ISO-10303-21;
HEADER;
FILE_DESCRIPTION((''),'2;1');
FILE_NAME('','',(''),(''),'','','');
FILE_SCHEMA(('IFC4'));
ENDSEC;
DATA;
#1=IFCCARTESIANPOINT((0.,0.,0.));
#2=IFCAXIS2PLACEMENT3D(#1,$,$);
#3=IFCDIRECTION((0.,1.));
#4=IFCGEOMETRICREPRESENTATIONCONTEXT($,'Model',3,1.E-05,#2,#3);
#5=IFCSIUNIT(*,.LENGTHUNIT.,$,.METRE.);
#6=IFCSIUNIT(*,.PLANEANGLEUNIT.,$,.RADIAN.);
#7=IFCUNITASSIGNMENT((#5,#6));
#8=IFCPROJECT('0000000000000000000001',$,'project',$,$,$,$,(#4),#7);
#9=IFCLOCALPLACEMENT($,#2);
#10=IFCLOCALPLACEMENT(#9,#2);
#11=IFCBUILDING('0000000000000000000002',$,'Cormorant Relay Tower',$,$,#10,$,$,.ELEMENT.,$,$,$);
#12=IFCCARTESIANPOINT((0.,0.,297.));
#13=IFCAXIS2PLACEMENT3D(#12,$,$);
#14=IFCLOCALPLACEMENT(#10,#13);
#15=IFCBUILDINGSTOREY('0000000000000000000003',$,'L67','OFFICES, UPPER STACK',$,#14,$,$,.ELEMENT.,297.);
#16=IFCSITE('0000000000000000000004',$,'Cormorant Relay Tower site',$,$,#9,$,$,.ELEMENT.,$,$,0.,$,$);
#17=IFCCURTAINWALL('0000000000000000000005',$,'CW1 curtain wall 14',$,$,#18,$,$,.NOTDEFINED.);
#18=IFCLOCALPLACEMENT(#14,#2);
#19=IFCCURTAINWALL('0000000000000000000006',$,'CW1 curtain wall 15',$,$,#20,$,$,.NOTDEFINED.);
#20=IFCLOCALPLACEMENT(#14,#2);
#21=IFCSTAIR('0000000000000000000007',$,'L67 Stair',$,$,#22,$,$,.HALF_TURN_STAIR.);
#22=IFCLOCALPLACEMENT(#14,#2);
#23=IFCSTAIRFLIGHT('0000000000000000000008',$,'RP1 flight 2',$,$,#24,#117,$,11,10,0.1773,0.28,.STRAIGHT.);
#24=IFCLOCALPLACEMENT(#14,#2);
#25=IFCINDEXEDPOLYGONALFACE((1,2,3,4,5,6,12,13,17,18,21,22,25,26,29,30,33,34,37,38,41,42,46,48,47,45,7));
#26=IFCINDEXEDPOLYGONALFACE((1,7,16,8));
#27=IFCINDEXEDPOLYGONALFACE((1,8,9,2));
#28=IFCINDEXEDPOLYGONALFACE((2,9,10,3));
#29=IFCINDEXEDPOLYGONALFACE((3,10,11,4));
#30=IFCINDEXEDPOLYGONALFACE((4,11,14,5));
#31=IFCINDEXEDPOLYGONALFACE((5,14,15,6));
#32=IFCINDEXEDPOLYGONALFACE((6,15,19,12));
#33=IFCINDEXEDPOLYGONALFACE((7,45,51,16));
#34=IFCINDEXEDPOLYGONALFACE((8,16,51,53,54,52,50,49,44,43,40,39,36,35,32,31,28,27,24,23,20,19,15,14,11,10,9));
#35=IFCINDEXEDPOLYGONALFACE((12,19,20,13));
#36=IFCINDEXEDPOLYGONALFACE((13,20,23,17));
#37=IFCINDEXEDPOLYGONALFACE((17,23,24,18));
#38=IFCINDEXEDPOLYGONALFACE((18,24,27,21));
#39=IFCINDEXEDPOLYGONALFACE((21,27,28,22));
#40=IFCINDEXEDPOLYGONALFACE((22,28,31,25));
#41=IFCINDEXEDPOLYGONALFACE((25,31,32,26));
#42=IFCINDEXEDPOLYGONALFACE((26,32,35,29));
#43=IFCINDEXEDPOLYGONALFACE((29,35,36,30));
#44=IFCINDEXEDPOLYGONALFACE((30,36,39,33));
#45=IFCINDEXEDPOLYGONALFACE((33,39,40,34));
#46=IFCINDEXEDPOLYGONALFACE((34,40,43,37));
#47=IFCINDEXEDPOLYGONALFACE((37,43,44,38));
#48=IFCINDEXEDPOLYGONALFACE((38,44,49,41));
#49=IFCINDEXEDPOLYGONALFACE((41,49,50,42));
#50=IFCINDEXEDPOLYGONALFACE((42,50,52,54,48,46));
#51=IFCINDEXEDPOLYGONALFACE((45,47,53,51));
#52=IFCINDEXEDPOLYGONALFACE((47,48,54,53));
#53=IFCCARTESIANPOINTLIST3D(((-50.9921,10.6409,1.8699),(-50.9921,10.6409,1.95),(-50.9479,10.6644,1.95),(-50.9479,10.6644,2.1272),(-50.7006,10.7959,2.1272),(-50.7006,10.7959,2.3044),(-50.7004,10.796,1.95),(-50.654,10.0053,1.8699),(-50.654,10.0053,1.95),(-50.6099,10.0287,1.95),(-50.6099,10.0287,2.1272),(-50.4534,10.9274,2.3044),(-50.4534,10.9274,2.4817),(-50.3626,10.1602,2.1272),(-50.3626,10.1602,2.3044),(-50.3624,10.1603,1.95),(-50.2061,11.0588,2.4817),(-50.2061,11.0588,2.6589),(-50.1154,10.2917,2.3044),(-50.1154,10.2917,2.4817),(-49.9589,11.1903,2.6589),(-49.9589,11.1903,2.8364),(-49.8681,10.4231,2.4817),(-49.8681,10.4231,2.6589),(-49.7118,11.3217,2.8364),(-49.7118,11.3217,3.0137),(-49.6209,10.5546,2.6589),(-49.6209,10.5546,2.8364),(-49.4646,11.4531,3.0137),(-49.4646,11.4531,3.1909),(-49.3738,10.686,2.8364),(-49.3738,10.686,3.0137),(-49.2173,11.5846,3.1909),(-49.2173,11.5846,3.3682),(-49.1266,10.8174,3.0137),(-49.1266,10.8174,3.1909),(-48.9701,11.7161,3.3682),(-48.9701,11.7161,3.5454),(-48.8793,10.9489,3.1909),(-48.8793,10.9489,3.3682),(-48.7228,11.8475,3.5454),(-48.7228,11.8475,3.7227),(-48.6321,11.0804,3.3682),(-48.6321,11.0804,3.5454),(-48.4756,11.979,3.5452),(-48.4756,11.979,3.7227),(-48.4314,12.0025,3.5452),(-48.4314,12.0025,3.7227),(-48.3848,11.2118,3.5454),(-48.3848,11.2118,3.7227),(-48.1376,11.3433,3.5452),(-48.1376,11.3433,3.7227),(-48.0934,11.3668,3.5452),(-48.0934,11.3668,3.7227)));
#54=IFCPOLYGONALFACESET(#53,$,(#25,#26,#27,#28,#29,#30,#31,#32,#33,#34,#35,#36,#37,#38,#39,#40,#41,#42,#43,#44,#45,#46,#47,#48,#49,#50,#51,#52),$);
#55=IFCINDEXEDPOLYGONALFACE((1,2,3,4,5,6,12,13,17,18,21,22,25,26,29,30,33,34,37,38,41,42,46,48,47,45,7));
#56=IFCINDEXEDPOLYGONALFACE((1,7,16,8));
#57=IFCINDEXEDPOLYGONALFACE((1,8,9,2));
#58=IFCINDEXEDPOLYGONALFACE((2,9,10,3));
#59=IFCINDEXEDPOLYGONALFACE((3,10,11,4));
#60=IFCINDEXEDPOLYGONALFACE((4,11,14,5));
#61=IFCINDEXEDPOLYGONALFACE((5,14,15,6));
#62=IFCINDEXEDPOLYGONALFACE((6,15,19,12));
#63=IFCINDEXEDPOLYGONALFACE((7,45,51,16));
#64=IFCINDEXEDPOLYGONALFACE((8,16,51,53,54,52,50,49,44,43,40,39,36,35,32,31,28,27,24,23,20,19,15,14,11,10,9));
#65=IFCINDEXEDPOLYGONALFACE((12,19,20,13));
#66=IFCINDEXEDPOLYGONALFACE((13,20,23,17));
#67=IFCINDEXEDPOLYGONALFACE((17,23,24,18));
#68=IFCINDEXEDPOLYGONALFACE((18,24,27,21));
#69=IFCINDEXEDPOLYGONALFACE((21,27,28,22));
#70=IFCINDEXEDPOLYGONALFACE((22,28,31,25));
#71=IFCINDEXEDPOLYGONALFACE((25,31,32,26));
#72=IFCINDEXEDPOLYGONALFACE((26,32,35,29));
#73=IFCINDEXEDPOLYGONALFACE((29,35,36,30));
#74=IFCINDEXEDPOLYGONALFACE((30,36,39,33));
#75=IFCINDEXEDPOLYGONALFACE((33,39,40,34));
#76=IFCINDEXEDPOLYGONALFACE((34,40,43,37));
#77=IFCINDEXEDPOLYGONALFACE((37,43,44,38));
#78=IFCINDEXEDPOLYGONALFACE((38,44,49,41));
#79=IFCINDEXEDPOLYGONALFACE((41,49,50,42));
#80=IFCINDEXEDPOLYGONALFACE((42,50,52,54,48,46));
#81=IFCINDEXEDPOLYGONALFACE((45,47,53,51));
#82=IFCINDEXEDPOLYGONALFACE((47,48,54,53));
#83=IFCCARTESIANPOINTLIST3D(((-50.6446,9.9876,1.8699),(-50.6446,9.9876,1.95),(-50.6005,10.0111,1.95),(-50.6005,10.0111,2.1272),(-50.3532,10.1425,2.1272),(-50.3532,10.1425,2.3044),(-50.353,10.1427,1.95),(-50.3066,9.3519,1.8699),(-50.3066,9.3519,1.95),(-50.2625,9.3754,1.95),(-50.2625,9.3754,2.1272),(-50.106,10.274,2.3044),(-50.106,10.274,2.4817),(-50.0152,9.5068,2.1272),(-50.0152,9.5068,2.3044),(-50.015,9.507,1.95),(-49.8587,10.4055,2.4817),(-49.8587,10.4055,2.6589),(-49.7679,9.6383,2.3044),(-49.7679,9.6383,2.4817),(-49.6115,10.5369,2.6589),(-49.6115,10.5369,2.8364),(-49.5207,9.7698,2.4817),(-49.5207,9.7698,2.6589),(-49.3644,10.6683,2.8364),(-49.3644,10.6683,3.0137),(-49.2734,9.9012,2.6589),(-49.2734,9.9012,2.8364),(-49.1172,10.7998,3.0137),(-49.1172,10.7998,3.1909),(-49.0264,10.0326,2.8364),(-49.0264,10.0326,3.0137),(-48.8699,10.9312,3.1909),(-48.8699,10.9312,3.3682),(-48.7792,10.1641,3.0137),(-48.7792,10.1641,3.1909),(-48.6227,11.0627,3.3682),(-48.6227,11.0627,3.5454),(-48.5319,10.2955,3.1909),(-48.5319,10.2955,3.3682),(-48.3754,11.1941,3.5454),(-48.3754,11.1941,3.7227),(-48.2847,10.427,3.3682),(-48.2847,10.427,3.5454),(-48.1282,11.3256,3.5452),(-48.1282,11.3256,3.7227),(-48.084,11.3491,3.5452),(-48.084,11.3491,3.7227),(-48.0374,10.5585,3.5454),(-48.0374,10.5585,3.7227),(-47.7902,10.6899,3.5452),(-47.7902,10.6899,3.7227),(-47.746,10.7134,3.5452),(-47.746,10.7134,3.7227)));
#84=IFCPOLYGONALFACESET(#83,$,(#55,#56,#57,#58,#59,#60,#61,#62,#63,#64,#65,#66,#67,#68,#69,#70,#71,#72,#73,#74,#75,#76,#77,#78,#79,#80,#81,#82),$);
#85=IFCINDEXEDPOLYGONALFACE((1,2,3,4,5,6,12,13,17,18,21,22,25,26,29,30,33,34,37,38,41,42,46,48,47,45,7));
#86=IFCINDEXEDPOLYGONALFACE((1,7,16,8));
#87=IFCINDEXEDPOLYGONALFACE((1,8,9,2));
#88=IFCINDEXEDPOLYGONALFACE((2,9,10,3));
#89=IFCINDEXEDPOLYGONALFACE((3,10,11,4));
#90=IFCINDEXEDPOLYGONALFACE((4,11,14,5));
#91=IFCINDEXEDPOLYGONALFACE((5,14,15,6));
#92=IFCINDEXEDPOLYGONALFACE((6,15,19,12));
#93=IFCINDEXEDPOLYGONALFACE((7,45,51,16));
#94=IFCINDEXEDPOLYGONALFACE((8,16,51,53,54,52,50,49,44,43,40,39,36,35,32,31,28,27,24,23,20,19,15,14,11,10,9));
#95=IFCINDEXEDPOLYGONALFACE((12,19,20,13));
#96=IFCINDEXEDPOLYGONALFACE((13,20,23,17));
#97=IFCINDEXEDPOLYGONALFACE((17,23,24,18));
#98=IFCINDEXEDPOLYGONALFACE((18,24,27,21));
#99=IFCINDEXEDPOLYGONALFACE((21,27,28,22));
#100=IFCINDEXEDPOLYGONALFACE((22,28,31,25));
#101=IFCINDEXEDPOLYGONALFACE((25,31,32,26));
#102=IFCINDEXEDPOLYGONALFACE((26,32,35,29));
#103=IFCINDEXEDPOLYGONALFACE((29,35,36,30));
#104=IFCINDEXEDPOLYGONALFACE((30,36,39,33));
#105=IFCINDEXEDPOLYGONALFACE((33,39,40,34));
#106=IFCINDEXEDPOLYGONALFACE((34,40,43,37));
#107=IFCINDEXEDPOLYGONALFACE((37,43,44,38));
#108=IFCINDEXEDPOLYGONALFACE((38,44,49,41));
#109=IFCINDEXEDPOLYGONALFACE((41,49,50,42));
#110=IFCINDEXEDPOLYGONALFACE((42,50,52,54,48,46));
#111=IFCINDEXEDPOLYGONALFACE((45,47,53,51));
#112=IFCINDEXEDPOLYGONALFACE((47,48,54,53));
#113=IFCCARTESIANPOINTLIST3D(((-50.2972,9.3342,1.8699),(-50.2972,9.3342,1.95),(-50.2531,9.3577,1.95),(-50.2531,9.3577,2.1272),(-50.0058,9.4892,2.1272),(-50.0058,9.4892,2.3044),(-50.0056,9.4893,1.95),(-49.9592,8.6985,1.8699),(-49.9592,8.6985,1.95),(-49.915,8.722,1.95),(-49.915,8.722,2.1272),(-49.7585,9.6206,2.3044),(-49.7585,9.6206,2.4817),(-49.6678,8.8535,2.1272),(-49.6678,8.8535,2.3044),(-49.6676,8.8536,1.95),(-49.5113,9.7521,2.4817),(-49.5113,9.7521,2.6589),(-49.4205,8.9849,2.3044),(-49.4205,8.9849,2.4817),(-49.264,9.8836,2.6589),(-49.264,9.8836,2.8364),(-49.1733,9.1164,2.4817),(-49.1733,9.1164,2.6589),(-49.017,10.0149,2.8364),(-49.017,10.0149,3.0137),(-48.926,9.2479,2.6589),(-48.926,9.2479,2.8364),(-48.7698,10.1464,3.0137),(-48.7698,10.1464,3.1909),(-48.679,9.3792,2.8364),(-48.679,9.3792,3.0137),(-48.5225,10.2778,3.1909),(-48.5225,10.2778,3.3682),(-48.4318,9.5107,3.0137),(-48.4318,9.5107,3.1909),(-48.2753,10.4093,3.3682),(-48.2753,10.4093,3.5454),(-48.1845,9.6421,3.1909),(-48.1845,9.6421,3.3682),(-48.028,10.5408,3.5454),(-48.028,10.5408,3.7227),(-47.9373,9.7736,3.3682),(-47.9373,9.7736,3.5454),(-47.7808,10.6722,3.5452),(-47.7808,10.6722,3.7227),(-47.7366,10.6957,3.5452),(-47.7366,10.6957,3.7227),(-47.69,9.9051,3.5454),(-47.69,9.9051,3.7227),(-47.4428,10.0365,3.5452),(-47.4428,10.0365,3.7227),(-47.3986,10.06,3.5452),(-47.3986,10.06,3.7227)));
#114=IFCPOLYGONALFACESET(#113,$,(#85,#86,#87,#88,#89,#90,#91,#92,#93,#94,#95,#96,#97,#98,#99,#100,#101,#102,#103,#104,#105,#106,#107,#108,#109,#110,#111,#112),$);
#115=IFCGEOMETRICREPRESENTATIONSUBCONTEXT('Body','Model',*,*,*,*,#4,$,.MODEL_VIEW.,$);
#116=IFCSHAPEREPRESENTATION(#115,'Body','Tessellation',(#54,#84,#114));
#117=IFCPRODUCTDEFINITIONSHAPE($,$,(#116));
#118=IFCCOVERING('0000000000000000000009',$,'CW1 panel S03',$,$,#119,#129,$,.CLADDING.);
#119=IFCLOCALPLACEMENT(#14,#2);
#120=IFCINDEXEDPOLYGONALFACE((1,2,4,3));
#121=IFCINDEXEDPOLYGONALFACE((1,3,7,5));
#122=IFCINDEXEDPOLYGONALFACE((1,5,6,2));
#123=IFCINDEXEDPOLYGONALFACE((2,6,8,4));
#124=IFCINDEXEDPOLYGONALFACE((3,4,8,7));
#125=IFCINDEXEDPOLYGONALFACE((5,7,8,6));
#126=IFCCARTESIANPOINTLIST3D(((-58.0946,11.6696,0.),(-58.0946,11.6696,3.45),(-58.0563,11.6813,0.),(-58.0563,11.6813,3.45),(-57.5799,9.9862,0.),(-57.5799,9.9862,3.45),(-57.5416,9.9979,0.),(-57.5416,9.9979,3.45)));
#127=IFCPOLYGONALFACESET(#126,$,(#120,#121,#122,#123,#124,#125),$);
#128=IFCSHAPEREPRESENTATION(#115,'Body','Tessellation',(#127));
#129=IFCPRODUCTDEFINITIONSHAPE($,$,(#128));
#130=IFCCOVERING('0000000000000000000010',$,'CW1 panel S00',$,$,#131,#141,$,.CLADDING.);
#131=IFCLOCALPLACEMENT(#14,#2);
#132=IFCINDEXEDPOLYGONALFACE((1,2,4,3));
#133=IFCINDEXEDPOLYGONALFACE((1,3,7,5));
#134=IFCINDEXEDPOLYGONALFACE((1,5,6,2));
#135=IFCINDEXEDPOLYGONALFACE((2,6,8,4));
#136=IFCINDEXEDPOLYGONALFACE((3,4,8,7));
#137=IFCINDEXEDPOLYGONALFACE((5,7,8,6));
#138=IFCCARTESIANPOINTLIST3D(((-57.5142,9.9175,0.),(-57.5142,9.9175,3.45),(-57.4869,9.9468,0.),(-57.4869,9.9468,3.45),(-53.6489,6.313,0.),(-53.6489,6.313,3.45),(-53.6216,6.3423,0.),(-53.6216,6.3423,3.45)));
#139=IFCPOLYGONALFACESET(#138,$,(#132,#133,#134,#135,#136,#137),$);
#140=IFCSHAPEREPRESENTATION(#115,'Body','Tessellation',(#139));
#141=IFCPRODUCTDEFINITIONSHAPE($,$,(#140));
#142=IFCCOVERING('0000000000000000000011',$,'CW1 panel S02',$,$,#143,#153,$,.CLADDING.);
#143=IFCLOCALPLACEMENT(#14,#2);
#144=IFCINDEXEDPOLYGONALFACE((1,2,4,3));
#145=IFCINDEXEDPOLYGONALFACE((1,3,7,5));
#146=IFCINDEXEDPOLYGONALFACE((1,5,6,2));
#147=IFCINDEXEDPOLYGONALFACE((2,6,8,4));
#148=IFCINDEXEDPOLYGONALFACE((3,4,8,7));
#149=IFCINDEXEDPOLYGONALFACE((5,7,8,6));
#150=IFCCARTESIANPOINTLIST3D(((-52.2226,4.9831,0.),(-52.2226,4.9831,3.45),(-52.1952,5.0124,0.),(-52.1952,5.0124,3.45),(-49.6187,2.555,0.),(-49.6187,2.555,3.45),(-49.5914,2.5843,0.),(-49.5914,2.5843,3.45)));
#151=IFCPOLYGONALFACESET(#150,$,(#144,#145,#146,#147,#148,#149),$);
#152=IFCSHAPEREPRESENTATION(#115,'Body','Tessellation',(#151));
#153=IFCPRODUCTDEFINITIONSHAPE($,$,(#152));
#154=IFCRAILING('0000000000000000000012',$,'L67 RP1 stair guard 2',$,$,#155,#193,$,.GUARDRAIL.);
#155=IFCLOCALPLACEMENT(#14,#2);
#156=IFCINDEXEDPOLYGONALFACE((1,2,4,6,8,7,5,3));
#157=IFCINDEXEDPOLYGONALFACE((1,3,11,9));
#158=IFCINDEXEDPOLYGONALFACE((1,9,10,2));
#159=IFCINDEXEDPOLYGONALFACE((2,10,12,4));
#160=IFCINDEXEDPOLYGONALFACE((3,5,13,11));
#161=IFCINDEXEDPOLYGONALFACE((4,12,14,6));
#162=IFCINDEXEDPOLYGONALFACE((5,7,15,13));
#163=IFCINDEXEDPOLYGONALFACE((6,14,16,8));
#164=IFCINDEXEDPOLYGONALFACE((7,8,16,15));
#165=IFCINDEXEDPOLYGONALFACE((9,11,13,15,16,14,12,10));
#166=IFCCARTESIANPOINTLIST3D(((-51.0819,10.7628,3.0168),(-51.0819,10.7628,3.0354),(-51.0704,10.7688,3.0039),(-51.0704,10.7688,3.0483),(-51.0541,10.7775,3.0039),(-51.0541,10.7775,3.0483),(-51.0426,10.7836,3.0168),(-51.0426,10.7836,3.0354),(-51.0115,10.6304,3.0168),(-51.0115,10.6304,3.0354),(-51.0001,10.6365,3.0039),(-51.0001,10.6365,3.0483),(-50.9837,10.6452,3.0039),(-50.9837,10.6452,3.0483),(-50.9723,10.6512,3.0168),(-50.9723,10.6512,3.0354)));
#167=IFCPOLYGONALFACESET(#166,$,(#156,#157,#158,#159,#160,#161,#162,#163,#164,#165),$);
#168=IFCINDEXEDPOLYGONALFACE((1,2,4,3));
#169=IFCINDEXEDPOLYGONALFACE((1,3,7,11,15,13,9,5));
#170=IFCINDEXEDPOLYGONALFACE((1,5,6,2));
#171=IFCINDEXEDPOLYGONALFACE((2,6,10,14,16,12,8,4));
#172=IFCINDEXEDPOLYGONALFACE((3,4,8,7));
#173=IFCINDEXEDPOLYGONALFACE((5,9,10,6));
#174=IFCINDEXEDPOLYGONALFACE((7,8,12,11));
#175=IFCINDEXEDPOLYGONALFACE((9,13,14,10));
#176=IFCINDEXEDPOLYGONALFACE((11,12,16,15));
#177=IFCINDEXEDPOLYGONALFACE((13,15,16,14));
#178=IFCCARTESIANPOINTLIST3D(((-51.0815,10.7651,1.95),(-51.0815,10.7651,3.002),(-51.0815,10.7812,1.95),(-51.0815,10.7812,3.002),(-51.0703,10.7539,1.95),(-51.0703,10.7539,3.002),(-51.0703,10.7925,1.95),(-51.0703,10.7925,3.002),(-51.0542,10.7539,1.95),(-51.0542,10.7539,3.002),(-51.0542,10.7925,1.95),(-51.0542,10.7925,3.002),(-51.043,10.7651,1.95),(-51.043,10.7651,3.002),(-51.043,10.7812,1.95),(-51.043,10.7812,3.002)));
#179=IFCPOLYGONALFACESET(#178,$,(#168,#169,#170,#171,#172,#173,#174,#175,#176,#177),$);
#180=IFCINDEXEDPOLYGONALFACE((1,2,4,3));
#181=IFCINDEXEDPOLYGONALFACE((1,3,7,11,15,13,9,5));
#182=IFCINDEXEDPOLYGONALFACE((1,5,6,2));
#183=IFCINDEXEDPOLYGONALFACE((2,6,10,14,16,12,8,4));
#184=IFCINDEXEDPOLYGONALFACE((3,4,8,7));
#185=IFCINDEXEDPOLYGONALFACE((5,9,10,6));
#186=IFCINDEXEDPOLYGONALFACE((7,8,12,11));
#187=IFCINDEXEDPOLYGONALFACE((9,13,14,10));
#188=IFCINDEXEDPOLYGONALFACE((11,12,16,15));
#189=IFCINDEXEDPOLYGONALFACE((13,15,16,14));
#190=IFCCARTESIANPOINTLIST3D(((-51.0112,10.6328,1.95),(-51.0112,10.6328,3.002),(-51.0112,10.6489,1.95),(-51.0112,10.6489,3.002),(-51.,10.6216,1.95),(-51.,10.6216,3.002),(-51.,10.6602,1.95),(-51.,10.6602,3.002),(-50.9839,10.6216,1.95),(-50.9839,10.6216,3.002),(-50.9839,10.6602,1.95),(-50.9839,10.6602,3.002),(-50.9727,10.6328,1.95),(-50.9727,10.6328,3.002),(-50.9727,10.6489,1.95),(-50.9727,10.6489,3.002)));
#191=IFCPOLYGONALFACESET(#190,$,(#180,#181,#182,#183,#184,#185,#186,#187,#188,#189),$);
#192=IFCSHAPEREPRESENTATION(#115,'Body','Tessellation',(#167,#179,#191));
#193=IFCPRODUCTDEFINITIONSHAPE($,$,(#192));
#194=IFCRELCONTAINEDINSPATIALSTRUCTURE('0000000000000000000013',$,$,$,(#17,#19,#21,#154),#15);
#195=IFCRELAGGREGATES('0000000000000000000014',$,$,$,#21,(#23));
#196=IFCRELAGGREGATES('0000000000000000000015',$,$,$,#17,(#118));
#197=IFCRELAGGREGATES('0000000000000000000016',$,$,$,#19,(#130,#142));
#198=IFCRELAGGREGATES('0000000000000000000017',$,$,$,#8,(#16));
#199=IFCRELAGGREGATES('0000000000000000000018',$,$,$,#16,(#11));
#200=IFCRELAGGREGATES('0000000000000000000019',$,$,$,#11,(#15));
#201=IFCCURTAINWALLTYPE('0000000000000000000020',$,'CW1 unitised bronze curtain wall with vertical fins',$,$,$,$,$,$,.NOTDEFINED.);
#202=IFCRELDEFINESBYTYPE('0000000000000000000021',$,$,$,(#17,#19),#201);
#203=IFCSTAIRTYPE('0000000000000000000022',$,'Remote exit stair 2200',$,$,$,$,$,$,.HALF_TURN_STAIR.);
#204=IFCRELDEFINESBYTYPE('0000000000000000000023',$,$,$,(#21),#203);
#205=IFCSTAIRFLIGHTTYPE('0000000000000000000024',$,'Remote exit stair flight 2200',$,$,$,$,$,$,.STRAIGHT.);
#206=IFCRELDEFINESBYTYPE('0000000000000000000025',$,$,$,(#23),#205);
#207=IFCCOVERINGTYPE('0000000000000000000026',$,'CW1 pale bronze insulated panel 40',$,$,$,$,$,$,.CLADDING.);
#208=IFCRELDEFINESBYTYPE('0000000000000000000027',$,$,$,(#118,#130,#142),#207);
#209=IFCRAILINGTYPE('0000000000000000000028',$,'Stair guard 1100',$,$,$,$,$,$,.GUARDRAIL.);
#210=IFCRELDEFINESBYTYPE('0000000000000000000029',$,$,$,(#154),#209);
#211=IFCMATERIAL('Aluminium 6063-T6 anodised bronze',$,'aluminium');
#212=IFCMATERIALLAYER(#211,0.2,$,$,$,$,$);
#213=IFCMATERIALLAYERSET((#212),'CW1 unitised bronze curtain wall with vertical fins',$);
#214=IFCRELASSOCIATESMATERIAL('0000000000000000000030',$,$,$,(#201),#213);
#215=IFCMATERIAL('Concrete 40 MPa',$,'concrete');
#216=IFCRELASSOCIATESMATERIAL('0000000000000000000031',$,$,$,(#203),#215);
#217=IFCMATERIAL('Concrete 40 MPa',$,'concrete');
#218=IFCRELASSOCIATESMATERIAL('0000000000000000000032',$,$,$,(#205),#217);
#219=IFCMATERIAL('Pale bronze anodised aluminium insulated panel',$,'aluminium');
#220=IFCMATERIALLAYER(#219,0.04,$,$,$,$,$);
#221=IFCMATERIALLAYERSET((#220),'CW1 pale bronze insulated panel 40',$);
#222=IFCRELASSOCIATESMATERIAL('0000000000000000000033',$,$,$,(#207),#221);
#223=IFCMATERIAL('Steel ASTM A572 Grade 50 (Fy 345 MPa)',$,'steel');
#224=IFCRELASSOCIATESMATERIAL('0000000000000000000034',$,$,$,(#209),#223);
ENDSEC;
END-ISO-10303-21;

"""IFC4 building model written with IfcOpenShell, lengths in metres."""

from ifc_helpers import new_model, si_unit, direction, frame, origin, origin_2d, place, context, subcontext, project, spatial, polyline, rectangle, outline, extrude, material, layer, layer_set, type_object, element, aggregate, save


model = new_model("IFC4")

# Units and contexts
model_context = context("Model", 3, precision=1e-05, world=origin(), true_north=direction((0.0, 1.0)))
body_context = subcontext(model_context, "Body", "Model", "MODEL_VIEW")
ifc_project = project(units=[si_unit("LENGTHUNIT", "METRE"), si_unit("PLANEANGLEUNIT", "RADIAN")], contexts=[model_context])

# Site, building, storey
site_placement = place(None, origin())
site = spatial("IfcSite", under=ifc_project, at=site_placement, Name="Cormorant Relay Tower site", CompositionType="ELEMENT", RefElevation=0.0)
building_placement = place(site_placement, origin())
building = spatial("IfcBuilding", under=site, at=building_placement, Name="Cormorant Relay Tower", CompositionType="ELEMENT")
storey_placement = place(building_placement, frame((0.0, 0.0, 297.0)))
storey = spatial("IfcBuildingStorey", under=building, at=storey_placement, Name="L67", Description="OFFICES, UPPER STACK", CompositionType="ELEMENT", Elevation=297.0)

# Curtain wall
ifc_material_1 = material(Name="Aluminium 6063-T6 anodised bronze", Category="aluminium")
ifc_layer_1 = layer(ifc_material_1, 0.2)
ifc_layer_set_1 = layer_set([ifc_layer_1], Name="CW1 unitised bronze curtain wall with vertical fins")
curtain_wall_type = type_object("IfcCurtainWallType", Name="CW1 unitised bronze curtain wall with vertical fins", PredefinedType="NOTDEFINED", material=ifc_layer_set_1)
curtain_wall_1_placement = place(storey_placement, origin())
curtain_wall_1 = element("IfcCurtainWall", 1, at=curtain_wall_1_placement, inside=storey, type_object=curtain_wall_type, Name="CW1 curtain wall 14", PredefinedType="NOTDEFINED")

# Curtain wall
curtain_wall_2_placement = place(storey_placement, origin())
curtain_wall_2 = element("IfcCurtainWall", 2, at=curtain_wall_2_placement, inside=storey, type_object=curtain_wall_type, Name="CW1 curtain wall 15", PredefinedType="NOTDEFINED")

# Stair, stair flight
ifc_material_2 = material(Name="Concrete 40 MPa", Category="concrete")
stair_type = type_object("IfcStairType", Name="Remote exit stair 2200", PredefinedType="HALF_TURN_STAIR", material=ifc_material_2)
stair_placement = place(storey_placement, origin())
stair = element("IfcStair", 3, at=stair_placement, inside=storey, type_object=stair_type, Name="L67 Stair", PredefinedType="HALF_TURN_STAIR")
ifc_material_3 = material(Name="Concrete 40 MPa", Category="concrete")
stair_flight_type = type_object("IfcStairFlightType", Name="Remote exit stair flight 2200", PredefinedType="STRAIGHT", material=ifc_material_3)
stair_flight_1_placement = place(storey_placement, frame((-50.4314, 9.6931, 1.95), z_axis=(0.0, 0.0, 1.0), x_axis=(0.882948, 0.469472, 0.0)))
stair_flight_1 = element("IfcStairFlight", 4, at=stair_flight_1_placement, type_object=stair_flight_type, Name="RP1 flight 2", NumberOfRisers=11, NumberOfTreads=10, PredefinedType="STRAIGHT", RiserHeight=0.1773, TreadLength=0.28, context=body_context, shape_type="SweptSolid", body=[
    extrude(outline(polyline([(-0.05, -0.0801), (-0.05, 0.0), (0.0, 0.0), (0.0, 0.1772), (0.28, 0.1772), (0.28, 0.3545), (0.5601, 0.3545), (0.5601, 0.5317), (0.8401, 0.5317), (0.8401, 0.709), (1.1201, 0.709), (1.1201, 0.8865), (1.3999, 0.8865), (1.3999, 1.0637), (1.6799, 1.0637), (1.6799, 1.241), (1.96, 1.241), (1.96, 1.4182), (2.24, 1.4182), (2.24, 1.5955), (2.52, 1.5955), (2.52, 1.7727), (2.8, 1.7727), (2.8501, 1.7727), (2.8501, 1.5952), (2.8, 1.5952), (0.2803, 0.0), (-0.05, -0.0801)])), frame((0.0, 1.1001, 0.0), z_axis=(0.0, -1.0, 0.0), x_axis=(1.0, 0.0, 0.0)), (0.0, 0.0, 1.0), 0.72),
    extrude(outline(polyline([(-0.05, -0.0801), (-0.05, 0.0), (0.0, 0.0), (0.0, 0.1772), (0.28, 0.1772), (0.28, 0.3545), (0.5601, 0.3545), (0.5601, 0.5317), (0.8401, 0.5317), (0.8401, 0.709), (1.1201, 0.709), (1.1201, 0.8865), (1.3999, 0.8865), (1.3999, 1.0637), (1.6799, 1.0637), (1.6799, 1.241), (1.96, 1.241), (1.96, 1.4182), (2.24, 1.4182), (2.24, 1.5955), (2.52, 1.5955), (2.52, 1.7727), (2.8, 1.7727), (2.8501, 1.7727), (2.8501, 1.5952), (2.8, 1.5952), (0.2803, 0.0), (-0.05, -0.0801)])), frame((0.0, 0.3601, 0.0), z_axis=(0.0, -1.0, 0.0), x_axis=(1.0, 0.0, 0.0)), (0.0, 0.0, 1.0), 0.72),
    extrude(outline(polyline([(-0.05, -0.0801), (-0.05, 0.0), (0.0, 0.0), (0.0, 0.1772), (0.28, 0.1772), (0.28, 0.3545), (0.5601, 0.3545), (0.5601, 0.5317), (0.8401, 0.5317), (0.8401, 0.709), (1.1201, 0.709), (1.1201, 0.8865), (1.3999, 0.8865), (1.3999, 1.0637), (1.6799, 1.0637), (1.6799, 1.241), (1.96, 1.241), (1.96, 1.4182), (2.24, 1.4182), (2.24, 1.5955), (2.52, 1.5955), (2.52, 1.7727), (2.8, 1.7727), (2.8501, 1.7727), (2.8501, 1.5952), (2.8, 1.5952), (0.2803, 0.0), (-0.05, -0.0801)])), frame((0.0, -0.3799, 0.0), z_axis=(0.0, -1.0, 0.0), x_axis=(1.0, 0.0, 0.0)), (0.0, 0.0, 1.0), 0.72),
])
aggregate(stair, [stair_flight_1])

# Coverings
ifc_material_4 = material(Name="Pale bronze anodised aluminium insulated panel", Category="aluminium")
ifc_layer_2 = layer(ifc_material_4, 0.04)
ifc_layer_set_2 = layer_set([ifc_layer_2], Name="CW1 pale bronze insulated panel 40")
covering_type = type_object("IfcCoveringType", Name="CW1 pale bronze insulated panel 40", PredefinedType="CLADDING", material=ifc_layer_set_2)
covering_1_placement = place(storey_placement, frame((-57.8181, 10.8337, 0.0), z_axis=(0.0, 0.0, 1.0), x_axis=(0.292372, -0.956305, 0.0)))
covering_1 = element("IfcCovering", 5, at=covering_1_placement, type_object=covering_type, Name="CW1 panel S03", PredefinedType="CLADDING", context=body_context, shape_type="SweptSolid", body=[
    extrude(rectangle(XDim=1.7603, YDim=0.04, at=origin_2d()), origin(), (0.0, 0.0, 1.0), 3.45),
])
aggregate(curtain_wall_1, [covering_1])
covering_2_placement = place(storey_placement, frame((-55.5679, 8.1299, 0.0), z_axis=(0.0, 0.0, 1.0), x_axis=(0.731354, -0.681998, 0.0)))
covering_2 = element("IfcCovering", 6, at=covering_2_placement, type_object=covering_type, Name="CW1 panel S00", PredefinedType="CLADDING", context=body_context, shape_type="SweptSolid", body=[
    extrude(rectangle(XDim=5.2852, YDim=0.04, at=origin_2d()), origin(), (0.0, 0.0, 1.0), 3.45),
])
covering_3_placement = place(storey_placement, frame((-50.907, 3.7837, 0.0), z_axis=(0.0, 0.0, 1.0), x_axis=(0.731354, -0.681998, 0.0)))
covering_3 = element("IfcCovering", 7, at=covering_3_placement, type_object=covering_type, Name="CW1 panel S02", PredefinedType="CLADDING", context=body_context, shape_type="SweptSolid", body=[
    extrude(rectangle(XDim=3.5603, YDim=0.04, at=origin_2d()), origin(), (0.0, 0.0, 1.0), 3.45),
])
aggregate(curtain_wall_2, [covering_2, covering_3])

# Railing
ifc_material_5 = material(Name="Steel ASTM A572 Grade 50 (Fy 345 MPa)", Category="steel")
railing_type_1 = type_object("IfcRailingType", Name="Stair guard 1100", PredefinedType="GUARDRAIL", material=ifc_material_5)
railing_1_placement = place(storey_placement, frame((-51.0623, 10.7732, 1.95)))
element("IfcRailing", 8, at=railing_1_placement, inside=storey, type_object=railing_type_1, Name="L67 RP1 stair guard 2", PredefinedType="GUARDRAIL", context=body_context, shape_type="SweptSolid", body=[
    extrude(outline(polyline([(0.0222, 0.0093), (0.0093, 0.0222), (-0.0093, 0.0222), (-0.0222, 0.0093), (-0.0222, -0.0093), (-0.0093, -0.0222), (0.0093, -0.0222), (0.0222, -0.0093), (0.0222, 0.0093)])), frame((0.0, 0.0, 1.0762), z_axis=(0.469235, -0.883074, 0.0), x_axis=(0.883074, 0.469235, 0.0)), (0.0, 0.0, 1.0), 0.1499),
    extrude(outline(polyline([(0.0193, 0.0081), (0.0081, 0.0193), (-0.0081, 0.0193), (-0.0193, 0.0081), (-0.0193, -0.0081), (-0.0081, -0.0193), (0.0081, -0.0193), (0.0193, -0.0081), (0.0193, 0.0081)])), origin(), (0.0, 0.0, 1.0), 1.052),
    extrude(outline(polyline([(0.0193, 0.0081), (0.0081, 0.0193), (-0.0081, 0.0193), (-0.0193, 0.0081), (-0.0193, -0.0081), (-0.0081, -0.0193), (0.0081, -0.0193), (0.0193, -0.0081), (0.0193, 0.0081)])), frame((0.0703, -0.1323, 0.0)), (0.0, 0.0, 1.0), 1.052),
])

save(model, "model.ifc")
